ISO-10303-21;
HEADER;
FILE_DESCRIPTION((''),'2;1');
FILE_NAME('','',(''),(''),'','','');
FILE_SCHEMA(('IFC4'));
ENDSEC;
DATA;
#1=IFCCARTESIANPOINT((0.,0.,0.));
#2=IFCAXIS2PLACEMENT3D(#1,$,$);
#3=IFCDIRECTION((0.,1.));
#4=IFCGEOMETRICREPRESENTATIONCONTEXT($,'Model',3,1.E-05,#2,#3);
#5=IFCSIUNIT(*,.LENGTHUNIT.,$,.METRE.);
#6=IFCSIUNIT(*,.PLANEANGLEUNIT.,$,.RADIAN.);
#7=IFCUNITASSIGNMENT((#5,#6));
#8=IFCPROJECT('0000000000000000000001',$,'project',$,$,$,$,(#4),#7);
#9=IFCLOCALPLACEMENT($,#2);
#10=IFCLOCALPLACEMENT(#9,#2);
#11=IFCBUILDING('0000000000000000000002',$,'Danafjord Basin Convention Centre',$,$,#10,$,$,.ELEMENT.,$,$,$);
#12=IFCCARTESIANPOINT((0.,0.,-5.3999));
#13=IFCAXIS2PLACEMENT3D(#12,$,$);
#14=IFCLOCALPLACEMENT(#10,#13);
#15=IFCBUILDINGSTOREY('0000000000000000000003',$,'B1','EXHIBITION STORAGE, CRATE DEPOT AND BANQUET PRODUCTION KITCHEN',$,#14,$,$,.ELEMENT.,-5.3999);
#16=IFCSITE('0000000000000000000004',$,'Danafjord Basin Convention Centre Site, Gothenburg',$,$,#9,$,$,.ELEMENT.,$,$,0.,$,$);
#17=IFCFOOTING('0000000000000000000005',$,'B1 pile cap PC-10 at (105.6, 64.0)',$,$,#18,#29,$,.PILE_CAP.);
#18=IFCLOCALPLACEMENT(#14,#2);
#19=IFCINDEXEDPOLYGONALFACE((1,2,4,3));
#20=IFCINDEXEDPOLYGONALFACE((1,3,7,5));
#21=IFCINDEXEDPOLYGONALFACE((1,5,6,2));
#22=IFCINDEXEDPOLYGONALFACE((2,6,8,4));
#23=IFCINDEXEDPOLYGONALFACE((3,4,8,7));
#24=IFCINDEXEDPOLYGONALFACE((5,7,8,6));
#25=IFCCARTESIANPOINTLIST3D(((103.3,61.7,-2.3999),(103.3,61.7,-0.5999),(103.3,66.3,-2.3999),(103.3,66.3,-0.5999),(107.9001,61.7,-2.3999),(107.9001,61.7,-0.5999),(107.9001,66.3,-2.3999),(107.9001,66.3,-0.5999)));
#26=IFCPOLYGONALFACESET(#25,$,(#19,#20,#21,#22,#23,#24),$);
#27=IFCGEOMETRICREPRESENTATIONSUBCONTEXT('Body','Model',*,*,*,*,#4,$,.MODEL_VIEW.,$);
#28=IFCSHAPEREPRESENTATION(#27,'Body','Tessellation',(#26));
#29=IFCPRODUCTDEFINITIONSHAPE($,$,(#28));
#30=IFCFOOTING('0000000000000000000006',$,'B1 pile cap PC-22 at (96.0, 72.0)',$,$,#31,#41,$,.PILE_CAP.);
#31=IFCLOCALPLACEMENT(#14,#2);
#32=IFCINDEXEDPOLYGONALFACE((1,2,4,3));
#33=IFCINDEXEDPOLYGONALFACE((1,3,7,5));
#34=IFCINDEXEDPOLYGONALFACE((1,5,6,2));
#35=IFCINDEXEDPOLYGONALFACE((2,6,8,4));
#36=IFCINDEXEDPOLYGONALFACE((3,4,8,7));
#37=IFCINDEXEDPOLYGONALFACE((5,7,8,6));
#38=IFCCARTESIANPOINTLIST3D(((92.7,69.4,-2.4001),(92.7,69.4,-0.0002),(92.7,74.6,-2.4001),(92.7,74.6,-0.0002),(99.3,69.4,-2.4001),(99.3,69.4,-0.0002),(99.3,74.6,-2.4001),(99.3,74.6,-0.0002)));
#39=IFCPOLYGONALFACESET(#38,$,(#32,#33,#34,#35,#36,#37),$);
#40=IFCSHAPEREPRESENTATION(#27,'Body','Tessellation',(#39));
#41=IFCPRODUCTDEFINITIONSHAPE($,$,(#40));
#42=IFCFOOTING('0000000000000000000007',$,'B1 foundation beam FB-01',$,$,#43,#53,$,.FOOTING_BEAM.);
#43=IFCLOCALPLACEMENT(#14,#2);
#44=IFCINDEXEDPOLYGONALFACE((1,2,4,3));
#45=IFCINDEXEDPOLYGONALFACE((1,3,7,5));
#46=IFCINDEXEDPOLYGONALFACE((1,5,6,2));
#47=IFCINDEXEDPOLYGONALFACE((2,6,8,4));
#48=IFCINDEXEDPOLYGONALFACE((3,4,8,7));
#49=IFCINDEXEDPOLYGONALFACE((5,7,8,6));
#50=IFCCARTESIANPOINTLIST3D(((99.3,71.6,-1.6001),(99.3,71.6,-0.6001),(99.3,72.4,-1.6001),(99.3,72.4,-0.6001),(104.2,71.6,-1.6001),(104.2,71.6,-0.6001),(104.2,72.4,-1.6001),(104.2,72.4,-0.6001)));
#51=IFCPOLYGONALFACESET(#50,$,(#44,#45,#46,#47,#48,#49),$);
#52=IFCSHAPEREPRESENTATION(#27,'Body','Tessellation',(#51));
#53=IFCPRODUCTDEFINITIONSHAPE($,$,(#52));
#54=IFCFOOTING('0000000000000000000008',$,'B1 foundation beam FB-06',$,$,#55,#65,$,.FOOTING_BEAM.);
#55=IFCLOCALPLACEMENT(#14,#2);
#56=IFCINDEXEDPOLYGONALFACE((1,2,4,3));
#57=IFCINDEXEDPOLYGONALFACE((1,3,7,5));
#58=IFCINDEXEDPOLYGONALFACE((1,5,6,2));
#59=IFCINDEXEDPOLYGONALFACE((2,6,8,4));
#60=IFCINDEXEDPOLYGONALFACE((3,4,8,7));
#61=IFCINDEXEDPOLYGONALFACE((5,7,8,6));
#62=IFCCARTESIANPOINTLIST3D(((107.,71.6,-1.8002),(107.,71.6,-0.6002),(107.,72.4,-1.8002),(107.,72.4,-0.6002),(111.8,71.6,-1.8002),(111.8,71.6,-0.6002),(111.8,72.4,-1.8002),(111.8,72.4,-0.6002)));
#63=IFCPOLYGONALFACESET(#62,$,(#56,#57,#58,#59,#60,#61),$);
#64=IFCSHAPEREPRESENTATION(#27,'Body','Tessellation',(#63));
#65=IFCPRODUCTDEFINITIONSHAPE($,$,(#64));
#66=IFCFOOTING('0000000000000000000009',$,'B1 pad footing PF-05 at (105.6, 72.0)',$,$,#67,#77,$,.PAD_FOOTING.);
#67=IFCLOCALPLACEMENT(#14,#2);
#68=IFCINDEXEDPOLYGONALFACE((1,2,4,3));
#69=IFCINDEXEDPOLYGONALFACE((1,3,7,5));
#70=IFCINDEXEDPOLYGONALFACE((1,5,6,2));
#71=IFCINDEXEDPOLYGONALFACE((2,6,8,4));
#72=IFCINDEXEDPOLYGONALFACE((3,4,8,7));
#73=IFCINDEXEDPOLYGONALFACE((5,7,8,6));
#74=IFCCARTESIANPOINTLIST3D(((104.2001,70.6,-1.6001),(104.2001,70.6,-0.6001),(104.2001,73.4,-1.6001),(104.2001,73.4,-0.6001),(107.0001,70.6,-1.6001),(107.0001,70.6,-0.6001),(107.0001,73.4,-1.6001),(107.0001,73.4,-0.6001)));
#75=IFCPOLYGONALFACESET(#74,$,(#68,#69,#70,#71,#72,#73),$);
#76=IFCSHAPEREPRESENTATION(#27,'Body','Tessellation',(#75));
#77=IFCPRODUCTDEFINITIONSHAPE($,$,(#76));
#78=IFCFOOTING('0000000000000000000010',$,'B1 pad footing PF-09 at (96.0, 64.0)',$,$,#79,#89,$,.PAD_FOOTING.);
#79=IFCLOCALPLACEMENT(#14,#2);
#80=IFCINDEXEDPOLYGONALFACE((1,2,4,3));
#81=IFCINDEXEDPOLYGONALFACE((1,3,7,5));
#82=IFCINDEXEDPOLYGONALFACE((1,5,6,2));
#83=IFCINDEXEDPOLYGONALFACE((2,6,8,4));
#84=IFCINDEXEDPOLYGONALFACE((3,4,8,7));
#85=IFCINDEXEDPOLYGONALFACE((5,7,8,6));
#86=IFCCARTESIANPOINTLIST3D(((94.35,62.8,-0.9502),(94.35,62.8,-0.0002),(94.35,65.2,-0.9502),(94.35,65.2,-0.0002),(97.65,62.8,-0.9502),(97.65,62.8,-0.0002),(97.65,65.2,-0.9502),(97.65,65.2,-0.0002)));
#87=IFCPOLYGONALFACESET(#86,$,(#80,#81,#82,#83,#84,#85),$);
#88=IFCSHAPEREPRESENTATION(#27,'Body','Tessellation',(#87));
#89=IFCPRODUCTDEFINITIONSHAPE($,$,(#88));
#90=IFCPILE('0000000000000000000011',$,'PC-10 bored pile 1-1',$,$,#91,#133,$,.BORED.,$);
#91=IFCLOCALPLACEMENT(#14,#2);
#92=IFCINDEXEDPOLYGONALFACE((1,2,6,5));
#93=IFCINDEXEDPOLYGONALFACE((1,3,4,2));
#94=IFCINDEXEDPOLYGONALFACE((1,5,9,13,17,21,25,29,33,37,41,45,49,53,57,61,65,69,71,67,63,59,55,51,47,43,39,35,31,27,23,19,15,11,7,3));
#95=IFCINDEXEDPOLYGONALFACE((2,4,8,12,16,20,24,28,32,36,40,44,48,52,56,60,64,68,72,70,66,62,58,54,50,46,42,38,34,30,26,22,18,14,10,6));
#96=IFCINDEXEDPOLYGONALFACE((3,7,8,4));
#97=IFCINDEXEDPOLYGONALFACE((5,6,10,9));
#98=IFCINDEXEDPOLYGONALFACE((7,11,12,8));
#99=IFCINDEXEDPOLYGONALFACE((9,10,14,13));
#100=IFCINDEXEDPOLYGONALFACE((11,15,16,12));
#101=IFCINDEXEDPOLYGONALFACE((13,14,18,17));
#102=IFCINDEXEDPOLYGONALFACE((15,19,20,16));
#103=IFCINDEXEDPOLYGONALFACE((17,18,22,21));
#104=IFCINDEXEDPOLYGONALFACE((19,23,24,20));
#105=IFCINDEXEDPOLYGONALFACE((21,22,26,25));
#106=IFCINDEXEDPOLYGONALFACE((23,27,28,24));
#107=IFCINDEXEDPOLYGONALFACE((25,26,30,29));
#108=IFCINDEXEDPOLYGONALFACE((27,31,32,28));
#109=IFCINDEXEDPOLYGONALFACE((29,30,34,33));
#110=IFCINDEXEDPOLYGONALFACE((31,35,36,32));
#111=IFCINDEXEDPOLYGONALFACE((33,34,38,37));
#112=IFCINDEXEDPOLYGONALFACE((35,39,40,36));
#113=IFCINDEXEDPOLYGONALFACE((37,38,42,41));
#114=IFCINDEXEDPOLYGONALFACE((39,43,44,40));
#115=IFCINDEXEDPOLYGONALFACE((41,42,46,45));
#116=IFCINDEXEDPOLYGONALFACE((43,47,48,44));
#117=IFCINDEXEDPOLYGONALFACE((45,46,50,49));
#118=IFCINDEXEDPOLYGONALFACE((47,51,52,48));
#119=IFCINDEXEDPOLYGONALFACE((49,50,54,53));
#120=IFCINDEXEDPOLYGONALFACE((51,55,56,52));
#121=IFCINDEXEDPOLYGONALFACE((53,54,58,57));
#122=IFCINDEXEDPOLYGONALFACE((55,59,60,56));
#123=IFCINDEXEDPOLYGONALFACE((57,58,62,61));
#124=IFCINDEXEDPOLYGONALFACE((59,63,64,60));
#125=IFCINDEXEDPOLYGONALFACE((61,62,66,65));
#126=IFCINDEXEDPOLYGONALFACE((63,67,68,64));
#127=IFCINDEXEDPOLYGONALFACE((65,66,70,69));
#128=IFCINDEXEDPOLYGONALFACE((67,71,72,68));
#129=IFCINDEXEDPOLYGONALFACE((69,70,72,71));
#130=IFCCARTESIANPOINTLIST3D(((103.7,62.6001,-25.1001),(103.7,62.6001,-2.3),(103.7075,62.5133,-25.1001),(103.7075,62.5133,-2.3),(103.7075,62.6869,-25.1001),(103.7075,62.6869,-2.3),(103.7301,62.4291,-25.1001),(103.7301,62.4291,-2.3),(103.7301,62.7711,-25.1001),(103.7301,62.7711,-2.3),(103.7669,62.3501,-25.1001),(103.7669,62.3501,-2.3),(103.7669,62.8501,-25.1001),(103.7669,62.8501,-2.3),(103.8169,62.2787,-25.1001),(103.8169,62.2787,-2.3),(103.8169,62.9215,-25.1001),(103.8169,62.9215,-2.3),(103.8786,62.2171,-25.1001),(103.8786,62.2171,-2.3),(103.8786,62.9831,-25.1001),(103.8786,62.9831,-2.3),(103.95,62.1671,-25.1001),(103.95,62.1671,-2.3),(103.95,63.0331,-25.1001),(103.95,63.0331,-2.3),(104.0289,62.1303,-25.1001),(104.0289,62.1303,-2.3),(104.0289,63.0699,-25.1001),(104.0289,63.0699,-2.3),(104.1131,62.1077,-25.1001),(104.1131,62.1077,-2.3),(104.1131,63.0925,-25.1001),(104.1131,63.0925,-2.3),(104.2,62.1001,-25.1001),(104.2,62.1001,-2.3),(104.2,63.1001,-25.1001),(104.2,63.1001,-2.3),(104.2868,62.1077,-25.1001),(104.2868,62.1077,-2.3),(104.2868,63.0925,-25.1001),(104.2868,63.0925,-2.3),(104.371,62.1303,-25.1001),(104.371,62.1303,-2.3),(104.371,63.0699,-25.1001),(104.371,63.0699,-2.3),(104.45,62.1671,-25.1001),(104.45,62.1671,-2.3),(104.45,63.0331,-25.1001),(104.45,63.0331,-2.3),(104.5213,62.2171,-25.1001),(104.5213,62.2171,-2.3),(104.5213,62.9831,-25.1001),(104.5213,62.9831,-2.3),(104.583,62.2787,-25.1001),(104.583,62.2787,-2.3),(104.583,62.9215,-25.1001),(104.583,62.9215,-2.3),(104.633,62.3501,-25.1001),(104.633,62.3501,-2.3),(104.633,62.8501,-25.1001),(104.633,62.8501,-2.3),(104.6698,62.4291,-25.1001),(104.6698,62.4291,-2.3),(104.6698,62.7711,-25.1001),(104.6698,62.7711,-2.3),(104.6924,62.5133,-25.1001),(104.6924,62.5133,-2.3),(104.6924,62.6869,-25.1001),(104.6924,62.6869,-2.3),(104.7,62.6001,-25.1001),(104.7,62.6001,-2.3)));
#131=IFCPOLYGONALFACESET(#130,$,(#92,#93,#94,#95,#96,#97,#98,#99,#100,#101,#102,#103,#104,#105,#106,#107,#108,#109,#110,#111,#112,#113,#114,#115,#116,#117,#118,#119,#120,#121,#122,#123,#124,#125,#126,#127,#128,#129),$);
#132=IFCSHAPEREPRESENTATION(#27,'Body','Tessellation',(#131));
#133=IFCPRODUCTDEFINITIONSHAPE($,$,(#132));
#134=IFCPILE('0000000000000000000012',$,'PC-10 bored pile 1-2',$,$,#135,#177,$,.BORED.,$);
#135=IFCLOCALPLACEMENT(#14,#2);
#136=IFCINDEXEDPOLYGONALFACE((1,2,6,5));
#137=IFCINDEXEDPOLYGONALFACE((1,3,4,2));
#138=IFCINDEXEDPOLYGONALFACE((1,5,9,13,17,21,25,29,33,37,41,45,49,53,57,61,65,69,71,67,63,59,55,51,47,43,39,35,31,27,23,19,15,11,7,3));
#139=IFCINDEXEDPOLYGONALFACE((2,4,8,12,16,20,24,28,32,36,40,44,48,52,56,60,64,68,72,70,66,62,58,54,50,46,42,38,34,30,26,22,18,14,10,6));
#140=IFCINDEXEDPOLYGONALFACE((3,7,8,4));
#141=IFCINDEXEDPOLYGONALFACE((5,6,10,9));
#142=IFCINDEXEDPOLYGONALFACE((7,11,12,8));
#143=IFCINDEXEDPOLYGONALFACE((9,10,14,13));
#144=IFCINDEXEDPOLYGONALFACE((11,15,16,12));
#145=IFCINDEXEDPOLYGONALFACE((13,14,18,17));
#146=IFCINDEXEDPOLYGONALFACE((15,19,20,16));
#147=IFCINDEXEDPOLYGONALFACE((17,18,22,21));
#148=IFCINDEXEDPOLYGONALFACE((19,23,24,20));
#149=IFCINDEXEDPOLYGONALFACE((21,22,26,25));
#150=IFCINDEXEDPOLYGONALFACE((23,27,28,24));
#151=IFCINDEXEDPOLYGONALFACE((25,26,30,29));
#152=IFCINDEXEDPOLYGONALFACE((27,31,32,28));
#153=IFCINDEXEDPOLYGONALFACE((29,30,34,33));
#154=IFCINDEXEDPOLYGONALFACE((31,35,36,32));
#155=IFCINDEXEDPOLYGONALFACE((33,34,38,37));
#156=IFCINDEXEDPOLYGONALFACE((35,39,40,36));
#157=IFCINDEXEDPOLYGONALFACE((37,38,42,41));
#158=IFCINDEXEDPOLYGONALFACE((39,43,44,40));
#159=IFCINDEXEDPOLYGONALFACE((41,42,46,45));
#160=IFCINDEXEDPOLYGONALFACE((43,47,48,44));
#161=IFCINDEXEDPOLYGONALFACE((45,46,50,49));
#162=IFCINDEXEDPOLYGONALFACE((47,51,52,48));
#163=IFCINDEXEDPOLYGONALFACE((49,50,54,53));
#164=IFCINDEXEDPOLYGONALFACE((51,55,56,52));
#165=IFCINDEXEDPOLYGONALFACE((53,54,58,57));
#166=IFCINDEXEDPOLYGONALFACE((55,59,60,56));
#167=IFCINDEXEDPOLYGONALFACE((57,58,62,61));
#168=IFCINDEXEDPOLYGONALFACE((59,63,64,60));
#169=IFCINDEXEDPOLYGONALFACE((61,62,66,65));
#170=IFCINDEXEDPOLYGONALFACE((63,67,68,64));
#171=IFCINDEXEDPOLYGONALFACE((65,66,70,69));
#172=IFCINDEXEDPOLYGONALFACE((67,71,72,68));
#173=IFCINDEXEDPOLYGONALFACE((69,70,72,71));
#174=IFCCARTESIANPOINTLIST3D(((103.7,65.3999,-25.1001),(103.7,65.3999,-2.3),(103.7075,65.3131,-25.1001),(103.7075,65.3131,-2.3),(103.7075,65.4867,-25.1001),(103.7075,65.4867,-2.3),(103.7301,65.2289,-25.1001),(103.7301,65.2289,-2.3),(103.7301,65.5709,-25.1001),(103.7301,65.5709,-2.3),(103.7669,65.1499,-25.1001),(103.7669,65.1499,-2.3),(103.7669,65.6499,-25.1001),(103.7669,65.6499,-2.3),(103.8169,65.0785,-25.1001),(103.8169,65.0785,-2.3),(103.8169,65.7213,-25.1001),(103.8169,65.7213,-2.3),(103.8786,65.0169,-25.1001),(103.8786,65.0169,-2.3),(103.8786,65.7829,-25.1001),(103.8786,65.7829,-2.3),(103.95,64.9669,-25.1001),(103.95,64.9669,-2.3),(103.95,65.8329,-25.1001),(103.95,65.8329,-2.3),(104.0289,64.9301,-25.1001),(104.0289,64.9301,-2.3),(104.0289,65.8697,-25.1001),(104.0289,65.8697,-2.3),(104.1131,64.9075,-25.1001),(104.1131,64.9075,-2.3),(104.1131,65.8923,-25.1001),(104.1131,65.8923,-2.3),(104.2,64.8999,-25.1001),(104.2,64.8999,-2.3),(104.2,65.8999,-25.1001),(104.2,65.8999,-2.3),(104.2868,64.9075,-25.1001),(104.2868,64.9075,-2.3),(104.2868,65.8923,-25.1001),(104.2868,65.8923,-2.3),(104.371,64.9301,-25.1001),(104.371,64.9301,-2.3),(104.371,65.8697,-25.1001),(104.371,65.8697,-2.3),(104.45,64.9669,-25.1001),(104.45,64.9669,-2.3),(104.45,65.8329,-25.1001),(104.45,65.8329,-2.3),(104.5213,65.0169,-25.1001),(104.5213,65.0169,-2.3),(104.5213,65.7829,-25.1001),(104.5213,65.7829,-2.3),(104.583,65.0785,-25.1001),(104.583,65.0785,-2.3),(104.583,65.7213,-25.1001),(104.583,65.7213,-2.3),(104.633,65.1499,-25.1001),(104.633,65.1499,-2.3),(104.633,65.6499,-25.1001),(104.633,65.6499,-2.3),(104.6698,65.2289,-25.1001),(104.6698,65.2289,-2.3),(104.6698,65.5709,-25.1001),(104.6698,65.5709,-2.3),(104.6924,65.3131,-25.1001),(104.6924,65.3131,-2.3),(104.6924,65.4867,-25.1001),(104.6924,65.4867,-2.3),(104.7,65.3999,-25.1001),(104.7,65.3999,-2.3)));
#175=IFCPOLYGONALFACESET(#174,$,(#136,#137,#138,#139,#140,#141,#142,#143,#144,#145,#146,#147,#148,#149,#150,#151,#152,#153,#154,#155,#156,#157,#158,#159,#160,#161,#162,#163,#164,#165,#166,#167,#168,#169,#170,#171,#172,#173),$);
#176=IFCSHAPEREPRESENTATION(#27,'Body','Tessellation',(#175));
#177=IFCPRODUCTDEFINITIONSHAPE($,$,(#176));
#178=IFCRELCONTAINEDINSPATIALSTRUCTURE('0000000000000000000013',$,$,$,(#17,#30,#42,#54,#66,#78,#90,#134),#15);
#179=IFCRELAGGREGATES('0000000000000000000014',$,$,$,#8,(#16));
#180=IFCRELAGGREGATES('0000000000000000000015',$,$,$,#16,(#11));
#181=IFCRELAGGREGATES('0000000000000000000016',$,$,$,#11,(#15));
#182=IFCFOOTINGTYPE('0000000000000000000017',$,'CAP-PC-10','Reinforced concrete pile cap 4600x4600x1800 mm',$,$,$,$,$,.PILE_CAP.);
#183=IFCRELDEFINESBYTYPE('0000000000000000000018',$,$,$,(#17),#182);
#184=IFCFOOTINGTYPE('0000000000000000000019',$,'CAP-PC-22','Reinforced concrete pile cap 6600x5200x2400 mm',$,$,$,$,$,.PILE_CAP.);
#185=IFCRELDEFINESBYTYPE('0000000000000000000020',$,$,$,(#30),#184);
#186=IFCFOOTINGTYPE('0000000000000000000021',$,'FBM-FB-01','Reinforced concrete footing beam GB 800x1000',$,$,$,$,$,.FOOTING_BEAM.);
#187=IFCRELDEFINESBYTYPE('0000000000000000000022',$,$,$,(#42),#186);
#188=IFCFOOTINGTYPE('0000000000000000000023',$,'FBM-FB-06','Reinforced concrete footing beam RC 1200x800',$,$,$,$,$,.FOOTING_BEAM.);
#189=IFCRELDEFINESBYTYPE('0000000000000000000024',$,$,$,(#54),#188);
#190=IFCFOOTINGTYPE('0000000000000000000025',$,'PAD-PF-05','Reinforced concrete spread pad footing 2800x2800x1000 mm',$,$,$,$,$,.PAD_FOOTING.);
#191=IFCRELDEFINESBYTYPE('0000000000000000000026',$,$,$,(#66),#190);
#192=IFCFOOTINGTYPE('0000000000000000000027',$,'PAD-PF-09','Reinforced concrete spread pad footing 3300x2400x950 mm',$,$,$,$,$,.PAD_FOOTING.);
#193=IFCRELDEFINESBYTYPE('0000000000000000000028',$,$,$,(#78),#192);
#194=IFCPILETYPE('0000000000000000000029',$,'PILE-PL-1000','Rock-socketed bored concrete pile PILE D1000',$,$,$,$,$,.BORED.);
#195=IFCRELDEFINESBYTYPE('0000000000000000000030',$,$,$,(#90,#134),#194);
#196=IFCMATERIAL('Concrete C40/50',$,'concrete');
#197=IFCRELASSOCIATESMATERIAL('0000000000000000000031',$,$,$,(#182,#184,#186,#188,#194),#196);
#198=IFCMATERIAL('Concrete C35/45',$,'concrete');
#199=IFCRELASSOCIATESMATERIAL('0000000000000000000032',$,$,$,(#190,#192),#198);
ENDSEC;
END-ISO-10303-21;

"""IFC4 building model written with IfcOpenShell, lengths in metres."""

from ifc_helpers import new_model, si_unit, direction, frame, origin, origin_2d, place, context, subcontext, project, spatial, rectangle, circle, extrude, material, material_profile, profile_set, type_object, element, save


model = new_model("IFC4")

# Units and contexts
model_context = context("Model", 3, precision=1e-05, world=origin(), true_north=direction((0.0, 1.0)))
body_context = subcontext(model_context, "Body", "Model", "MODEL_VIEW")
ifc_project = project(units=[si_unit("LENGTHUNIT", "METRE"), si_unit("PLANEANGLEUNIT", "RADIAN")], contexts=[model_context])

# Site, building, storey
site_placement = place(None, origin())
site = spatial("IfcSite", under=ifc_project, at=site_placement, Name="Danafjord Basin Convention Centre Site, Gothenburg", CompositionType="ELEMENT", RefElevation=0.0)
building_placement = place(site_placement, origin())
building = spatial("IfcBuilding", under=site, at=building_placement, Name="Danafjord Basin Convention Centre", CompositionType="ELEMENT")
storey_placement = place(building_placement, frame((0.0, 0.0, -5.3999)))
storey = spatial("IfcBuildingStorey", under=building, at=storey_placement, Name="B1", Description="EXHIBITION STORAGE, CRATE DEPOT AND BANQUET PRODUCTION KITCHEN", CompositionType="ELEMENT", Elevation=-5.3999)

# Footings
ifc_material_1 = material(Name="Concrete C40/50", Category="concrete")
footing_type_1 = type_object("IfcFootingType", Name="CAP-PC-10", Description="Reinforced concrete pile cap 4600x4600x1800 mm", PredefinedType="PILE_CAP", material=ifc_material_1)
footing_1_placement = place(storey_placement, frame((105.6001, 64.0, -2.3999), z_axis=(0.0, 0.0, 1.0), x_axis=(1.0, 0.0, 0.0)))
element("IfcFooting", 1, at=footing_1_placement, inside=storey, type_object=footing_type_1, Name="B1 pile cap PC-10 at (105.6, 64.0)", PredefinedType="PILE_CAP", context=body_context, shape_type="SweptSolid", body=[
    extrude(rectangle(XDim=4.6001, YDim=4.6001, at=origin_2d()), origin(), (0.0, 0.0, 1.0), 1.8),
])
footing_type_2 = type_object("IfcFootingType", Name="CAP-PC-22", Description="Reinforced concrete pile cap 6600x5200x2400 mm", PredefinedType="PILE_CAP", material=ifc_material_1)
footing_2_placement = place(storey_placement, frame((96.0, 72.0, -2.4001), z_axis=(0.0, 0.0, 1.0), x_axis=(1.0, 0.0, 0.0)))
element("IfcFooting", 2, at=footing_2_placement, inside=storey, type_object=footing_type_2, Name="B1 pile cap PC-22 at (96.0, 72.0)", PredefinedType="PILE_CAP", context=body_context, shape_type="SweptSolid", body=[
    extrude(rectangle(XDim=6.6001, YDim=5.2, at=origin_2d()), origin(), (0.0, 0.0, 1.0), 2.3999),
])
ifc_material_profile_1 = material_profile(ifc_material_1, rectangle(XDim=0.8, YDim=1.0, at=origin_2d()), Name="GB 800x1000")
ifc_profile_set_1 = profile_set([ifc_material_profile_1], Name="Concrete C40/50")
footing_type_3 = type_object("IfcFootingType", Name="FBM-FB-01", Description="Reinforced concrete footing beam GB 800x1000", PredefinedType="FOOTING_BEAM", material=ifc_profile_set_1)
footing_3_placement = place(storey_placement, frame((99.3, 72.0, -1.1001), z_axis=(1.0, 0.0, 0.0), x_axis=(0.0, 1.0, 0.0)))
element("IfcFooting", 3, at=footing_3_placement, inside=storey, type_object=footing_type_3, Name="B1 foundation beam FB-01", PredefinedType="FOOTING_BEAM", context=body_context, shape_type="SweptSolid", body=[
    extrude(rectangle(XDim=0.8, YDim=1.0, at=origin_2d()), origin(), (0.0, 0.0, 1.0), 4.8999),
])
ifc_material_profile_2 = material_profile(ifc_material_1, rectangle(XDim=0.8, YDim=1.2, at=origin_2d()), Name="RC 1200x800")
ifc_profile_set_2 = profile_set([ifc_material_profile_2], Name="Concrete C40/50")
footing_type_4 = type_object("IfcFootingType", Name="FBM-FB-06", Description="Reinforced concrete footing beam RC 1200x800", PredefinedType="FOOTING_BEAM", material=ifc_profile_set_2)
footing_4_placement = place(storey_placement, frame((107.0, 72.0, -1.2002), z_axis=(1.0, 0.0, 0.0), x_axis=(0.0, 1.0, 0.0)))
element("IfcFooting", 4, at=footing_4_placement, inside=storey, type_object=footing_type_4, Name="B1 foundation beam FB-06", PredefinedType="FOOTING_BEAM", context=body_context, shape_type="SweptSolid", body=[
    extrude(rectangle(XDim=0.8, YDim=1.2, at=origin_2d()), origin(), (0.0, 0.0, 1.0), 4.8),
])
ifc_material_2 = material(Name="Concrete C35/45", Category="concrete")
footing_type_5 = type_object("IfcFootingType", Name="PAD-PF-05", Description="Reinforced concrete spread pad footing 2800x2800x1000 mm", PredefinedType="PAD_FOOTING", material=ifc_material_2)
footing_5_placement = place(storey_placement, frame((105.6001, 72.0, -1.6001), z_axis=(0.0, 0.0, 1.0), x_axis=(1.0, 0.0, 0.0)))
element("IfcFooting", 5, at=footing_5_placement, inside=storey, type_object=footing_type_5, Name="B1 pad footing PF-05 at (105.6, 72.0)", PredefinedType="PAD_FOOTING", context=body_context, shape_type="SweptSolid", body=[
    extrude(rectangle(XDim=2.8, YDim=2.8, at=origin_2d()), origin(), (0.0, 0.0, 1.0), 1.0),
])
footing_type_6 = type_object("IfcFootingType", Name="PAD-PF-09", Description="Reinforced concrete spread pad footing 3300x2400x950 mm", PredefinedType="PAD_FOOTING", material=ifc_material_2)
footing_6_placement = place(storey_placement, frame((96.0, 64.0, -0.9502), z_axis=(0.0, 0.0, 1.0), x_axis=(1.0, 0.0, 0.0)))
element("IfcFooting", 6, at=footing_6_placement, inside=storey, type_object=footing_type_6, Name="B1 pad footing PF-09 at (96.0, 64.0)", PredefinedType="PAD_FOOTING", context=body_context, shape_type="SweptSolid", body=[
    extrude(rectangle(XDim=3.3, YDim=2.3999, at=origin_2d()), origin(), (0.0, 0.0, 1.0), 0.95),
])

# Piles
ifc_material_profile_3 = material_profile(ifc_material_1, circle(Radius=0.5, at=origin_2d()), Name="PILE D1000")
ifc_profile_set_3 = profile_set([ifc_material_profile_3], Name="Concrete C40/50")
pile_type_1 = type_object("IfcPileType", Name="PILE-PL-1000", Description="Rock-socketed bored concrete pile PILE D1000", PredefinedType="BORED", material=ifc_profile_set_3)
for number, where, z_axis, x_axis, name in (
    (7, (104.2, 62.6001, -2.3), (0.0, 0.0, -1.0), (1.0, 0.0, 0.0), "PC-10 bored pile 1-1"),
    (8, (104.2, 65.3999, -2.3), (0.0, 0.0, -1.0), (1.0, 0.0, 0.0), "PC-10 bored pile 1-2"),
):
    element("IfcPile", number, at=place(storey_placement, frame(where, z_axis=z_axis, x_axis=x_axis)), inside=storey, type_object=pile_type_1, Name=name, PredefinedType="BORED", context=body_context, shape_type="SweptSolid", body=[
        extrude(circle(Radius=0.5, at=origin_2d()), origin(), (0.0, 0.0, 1.0), 22.8),
    ])

save(model, "model.ifc")
